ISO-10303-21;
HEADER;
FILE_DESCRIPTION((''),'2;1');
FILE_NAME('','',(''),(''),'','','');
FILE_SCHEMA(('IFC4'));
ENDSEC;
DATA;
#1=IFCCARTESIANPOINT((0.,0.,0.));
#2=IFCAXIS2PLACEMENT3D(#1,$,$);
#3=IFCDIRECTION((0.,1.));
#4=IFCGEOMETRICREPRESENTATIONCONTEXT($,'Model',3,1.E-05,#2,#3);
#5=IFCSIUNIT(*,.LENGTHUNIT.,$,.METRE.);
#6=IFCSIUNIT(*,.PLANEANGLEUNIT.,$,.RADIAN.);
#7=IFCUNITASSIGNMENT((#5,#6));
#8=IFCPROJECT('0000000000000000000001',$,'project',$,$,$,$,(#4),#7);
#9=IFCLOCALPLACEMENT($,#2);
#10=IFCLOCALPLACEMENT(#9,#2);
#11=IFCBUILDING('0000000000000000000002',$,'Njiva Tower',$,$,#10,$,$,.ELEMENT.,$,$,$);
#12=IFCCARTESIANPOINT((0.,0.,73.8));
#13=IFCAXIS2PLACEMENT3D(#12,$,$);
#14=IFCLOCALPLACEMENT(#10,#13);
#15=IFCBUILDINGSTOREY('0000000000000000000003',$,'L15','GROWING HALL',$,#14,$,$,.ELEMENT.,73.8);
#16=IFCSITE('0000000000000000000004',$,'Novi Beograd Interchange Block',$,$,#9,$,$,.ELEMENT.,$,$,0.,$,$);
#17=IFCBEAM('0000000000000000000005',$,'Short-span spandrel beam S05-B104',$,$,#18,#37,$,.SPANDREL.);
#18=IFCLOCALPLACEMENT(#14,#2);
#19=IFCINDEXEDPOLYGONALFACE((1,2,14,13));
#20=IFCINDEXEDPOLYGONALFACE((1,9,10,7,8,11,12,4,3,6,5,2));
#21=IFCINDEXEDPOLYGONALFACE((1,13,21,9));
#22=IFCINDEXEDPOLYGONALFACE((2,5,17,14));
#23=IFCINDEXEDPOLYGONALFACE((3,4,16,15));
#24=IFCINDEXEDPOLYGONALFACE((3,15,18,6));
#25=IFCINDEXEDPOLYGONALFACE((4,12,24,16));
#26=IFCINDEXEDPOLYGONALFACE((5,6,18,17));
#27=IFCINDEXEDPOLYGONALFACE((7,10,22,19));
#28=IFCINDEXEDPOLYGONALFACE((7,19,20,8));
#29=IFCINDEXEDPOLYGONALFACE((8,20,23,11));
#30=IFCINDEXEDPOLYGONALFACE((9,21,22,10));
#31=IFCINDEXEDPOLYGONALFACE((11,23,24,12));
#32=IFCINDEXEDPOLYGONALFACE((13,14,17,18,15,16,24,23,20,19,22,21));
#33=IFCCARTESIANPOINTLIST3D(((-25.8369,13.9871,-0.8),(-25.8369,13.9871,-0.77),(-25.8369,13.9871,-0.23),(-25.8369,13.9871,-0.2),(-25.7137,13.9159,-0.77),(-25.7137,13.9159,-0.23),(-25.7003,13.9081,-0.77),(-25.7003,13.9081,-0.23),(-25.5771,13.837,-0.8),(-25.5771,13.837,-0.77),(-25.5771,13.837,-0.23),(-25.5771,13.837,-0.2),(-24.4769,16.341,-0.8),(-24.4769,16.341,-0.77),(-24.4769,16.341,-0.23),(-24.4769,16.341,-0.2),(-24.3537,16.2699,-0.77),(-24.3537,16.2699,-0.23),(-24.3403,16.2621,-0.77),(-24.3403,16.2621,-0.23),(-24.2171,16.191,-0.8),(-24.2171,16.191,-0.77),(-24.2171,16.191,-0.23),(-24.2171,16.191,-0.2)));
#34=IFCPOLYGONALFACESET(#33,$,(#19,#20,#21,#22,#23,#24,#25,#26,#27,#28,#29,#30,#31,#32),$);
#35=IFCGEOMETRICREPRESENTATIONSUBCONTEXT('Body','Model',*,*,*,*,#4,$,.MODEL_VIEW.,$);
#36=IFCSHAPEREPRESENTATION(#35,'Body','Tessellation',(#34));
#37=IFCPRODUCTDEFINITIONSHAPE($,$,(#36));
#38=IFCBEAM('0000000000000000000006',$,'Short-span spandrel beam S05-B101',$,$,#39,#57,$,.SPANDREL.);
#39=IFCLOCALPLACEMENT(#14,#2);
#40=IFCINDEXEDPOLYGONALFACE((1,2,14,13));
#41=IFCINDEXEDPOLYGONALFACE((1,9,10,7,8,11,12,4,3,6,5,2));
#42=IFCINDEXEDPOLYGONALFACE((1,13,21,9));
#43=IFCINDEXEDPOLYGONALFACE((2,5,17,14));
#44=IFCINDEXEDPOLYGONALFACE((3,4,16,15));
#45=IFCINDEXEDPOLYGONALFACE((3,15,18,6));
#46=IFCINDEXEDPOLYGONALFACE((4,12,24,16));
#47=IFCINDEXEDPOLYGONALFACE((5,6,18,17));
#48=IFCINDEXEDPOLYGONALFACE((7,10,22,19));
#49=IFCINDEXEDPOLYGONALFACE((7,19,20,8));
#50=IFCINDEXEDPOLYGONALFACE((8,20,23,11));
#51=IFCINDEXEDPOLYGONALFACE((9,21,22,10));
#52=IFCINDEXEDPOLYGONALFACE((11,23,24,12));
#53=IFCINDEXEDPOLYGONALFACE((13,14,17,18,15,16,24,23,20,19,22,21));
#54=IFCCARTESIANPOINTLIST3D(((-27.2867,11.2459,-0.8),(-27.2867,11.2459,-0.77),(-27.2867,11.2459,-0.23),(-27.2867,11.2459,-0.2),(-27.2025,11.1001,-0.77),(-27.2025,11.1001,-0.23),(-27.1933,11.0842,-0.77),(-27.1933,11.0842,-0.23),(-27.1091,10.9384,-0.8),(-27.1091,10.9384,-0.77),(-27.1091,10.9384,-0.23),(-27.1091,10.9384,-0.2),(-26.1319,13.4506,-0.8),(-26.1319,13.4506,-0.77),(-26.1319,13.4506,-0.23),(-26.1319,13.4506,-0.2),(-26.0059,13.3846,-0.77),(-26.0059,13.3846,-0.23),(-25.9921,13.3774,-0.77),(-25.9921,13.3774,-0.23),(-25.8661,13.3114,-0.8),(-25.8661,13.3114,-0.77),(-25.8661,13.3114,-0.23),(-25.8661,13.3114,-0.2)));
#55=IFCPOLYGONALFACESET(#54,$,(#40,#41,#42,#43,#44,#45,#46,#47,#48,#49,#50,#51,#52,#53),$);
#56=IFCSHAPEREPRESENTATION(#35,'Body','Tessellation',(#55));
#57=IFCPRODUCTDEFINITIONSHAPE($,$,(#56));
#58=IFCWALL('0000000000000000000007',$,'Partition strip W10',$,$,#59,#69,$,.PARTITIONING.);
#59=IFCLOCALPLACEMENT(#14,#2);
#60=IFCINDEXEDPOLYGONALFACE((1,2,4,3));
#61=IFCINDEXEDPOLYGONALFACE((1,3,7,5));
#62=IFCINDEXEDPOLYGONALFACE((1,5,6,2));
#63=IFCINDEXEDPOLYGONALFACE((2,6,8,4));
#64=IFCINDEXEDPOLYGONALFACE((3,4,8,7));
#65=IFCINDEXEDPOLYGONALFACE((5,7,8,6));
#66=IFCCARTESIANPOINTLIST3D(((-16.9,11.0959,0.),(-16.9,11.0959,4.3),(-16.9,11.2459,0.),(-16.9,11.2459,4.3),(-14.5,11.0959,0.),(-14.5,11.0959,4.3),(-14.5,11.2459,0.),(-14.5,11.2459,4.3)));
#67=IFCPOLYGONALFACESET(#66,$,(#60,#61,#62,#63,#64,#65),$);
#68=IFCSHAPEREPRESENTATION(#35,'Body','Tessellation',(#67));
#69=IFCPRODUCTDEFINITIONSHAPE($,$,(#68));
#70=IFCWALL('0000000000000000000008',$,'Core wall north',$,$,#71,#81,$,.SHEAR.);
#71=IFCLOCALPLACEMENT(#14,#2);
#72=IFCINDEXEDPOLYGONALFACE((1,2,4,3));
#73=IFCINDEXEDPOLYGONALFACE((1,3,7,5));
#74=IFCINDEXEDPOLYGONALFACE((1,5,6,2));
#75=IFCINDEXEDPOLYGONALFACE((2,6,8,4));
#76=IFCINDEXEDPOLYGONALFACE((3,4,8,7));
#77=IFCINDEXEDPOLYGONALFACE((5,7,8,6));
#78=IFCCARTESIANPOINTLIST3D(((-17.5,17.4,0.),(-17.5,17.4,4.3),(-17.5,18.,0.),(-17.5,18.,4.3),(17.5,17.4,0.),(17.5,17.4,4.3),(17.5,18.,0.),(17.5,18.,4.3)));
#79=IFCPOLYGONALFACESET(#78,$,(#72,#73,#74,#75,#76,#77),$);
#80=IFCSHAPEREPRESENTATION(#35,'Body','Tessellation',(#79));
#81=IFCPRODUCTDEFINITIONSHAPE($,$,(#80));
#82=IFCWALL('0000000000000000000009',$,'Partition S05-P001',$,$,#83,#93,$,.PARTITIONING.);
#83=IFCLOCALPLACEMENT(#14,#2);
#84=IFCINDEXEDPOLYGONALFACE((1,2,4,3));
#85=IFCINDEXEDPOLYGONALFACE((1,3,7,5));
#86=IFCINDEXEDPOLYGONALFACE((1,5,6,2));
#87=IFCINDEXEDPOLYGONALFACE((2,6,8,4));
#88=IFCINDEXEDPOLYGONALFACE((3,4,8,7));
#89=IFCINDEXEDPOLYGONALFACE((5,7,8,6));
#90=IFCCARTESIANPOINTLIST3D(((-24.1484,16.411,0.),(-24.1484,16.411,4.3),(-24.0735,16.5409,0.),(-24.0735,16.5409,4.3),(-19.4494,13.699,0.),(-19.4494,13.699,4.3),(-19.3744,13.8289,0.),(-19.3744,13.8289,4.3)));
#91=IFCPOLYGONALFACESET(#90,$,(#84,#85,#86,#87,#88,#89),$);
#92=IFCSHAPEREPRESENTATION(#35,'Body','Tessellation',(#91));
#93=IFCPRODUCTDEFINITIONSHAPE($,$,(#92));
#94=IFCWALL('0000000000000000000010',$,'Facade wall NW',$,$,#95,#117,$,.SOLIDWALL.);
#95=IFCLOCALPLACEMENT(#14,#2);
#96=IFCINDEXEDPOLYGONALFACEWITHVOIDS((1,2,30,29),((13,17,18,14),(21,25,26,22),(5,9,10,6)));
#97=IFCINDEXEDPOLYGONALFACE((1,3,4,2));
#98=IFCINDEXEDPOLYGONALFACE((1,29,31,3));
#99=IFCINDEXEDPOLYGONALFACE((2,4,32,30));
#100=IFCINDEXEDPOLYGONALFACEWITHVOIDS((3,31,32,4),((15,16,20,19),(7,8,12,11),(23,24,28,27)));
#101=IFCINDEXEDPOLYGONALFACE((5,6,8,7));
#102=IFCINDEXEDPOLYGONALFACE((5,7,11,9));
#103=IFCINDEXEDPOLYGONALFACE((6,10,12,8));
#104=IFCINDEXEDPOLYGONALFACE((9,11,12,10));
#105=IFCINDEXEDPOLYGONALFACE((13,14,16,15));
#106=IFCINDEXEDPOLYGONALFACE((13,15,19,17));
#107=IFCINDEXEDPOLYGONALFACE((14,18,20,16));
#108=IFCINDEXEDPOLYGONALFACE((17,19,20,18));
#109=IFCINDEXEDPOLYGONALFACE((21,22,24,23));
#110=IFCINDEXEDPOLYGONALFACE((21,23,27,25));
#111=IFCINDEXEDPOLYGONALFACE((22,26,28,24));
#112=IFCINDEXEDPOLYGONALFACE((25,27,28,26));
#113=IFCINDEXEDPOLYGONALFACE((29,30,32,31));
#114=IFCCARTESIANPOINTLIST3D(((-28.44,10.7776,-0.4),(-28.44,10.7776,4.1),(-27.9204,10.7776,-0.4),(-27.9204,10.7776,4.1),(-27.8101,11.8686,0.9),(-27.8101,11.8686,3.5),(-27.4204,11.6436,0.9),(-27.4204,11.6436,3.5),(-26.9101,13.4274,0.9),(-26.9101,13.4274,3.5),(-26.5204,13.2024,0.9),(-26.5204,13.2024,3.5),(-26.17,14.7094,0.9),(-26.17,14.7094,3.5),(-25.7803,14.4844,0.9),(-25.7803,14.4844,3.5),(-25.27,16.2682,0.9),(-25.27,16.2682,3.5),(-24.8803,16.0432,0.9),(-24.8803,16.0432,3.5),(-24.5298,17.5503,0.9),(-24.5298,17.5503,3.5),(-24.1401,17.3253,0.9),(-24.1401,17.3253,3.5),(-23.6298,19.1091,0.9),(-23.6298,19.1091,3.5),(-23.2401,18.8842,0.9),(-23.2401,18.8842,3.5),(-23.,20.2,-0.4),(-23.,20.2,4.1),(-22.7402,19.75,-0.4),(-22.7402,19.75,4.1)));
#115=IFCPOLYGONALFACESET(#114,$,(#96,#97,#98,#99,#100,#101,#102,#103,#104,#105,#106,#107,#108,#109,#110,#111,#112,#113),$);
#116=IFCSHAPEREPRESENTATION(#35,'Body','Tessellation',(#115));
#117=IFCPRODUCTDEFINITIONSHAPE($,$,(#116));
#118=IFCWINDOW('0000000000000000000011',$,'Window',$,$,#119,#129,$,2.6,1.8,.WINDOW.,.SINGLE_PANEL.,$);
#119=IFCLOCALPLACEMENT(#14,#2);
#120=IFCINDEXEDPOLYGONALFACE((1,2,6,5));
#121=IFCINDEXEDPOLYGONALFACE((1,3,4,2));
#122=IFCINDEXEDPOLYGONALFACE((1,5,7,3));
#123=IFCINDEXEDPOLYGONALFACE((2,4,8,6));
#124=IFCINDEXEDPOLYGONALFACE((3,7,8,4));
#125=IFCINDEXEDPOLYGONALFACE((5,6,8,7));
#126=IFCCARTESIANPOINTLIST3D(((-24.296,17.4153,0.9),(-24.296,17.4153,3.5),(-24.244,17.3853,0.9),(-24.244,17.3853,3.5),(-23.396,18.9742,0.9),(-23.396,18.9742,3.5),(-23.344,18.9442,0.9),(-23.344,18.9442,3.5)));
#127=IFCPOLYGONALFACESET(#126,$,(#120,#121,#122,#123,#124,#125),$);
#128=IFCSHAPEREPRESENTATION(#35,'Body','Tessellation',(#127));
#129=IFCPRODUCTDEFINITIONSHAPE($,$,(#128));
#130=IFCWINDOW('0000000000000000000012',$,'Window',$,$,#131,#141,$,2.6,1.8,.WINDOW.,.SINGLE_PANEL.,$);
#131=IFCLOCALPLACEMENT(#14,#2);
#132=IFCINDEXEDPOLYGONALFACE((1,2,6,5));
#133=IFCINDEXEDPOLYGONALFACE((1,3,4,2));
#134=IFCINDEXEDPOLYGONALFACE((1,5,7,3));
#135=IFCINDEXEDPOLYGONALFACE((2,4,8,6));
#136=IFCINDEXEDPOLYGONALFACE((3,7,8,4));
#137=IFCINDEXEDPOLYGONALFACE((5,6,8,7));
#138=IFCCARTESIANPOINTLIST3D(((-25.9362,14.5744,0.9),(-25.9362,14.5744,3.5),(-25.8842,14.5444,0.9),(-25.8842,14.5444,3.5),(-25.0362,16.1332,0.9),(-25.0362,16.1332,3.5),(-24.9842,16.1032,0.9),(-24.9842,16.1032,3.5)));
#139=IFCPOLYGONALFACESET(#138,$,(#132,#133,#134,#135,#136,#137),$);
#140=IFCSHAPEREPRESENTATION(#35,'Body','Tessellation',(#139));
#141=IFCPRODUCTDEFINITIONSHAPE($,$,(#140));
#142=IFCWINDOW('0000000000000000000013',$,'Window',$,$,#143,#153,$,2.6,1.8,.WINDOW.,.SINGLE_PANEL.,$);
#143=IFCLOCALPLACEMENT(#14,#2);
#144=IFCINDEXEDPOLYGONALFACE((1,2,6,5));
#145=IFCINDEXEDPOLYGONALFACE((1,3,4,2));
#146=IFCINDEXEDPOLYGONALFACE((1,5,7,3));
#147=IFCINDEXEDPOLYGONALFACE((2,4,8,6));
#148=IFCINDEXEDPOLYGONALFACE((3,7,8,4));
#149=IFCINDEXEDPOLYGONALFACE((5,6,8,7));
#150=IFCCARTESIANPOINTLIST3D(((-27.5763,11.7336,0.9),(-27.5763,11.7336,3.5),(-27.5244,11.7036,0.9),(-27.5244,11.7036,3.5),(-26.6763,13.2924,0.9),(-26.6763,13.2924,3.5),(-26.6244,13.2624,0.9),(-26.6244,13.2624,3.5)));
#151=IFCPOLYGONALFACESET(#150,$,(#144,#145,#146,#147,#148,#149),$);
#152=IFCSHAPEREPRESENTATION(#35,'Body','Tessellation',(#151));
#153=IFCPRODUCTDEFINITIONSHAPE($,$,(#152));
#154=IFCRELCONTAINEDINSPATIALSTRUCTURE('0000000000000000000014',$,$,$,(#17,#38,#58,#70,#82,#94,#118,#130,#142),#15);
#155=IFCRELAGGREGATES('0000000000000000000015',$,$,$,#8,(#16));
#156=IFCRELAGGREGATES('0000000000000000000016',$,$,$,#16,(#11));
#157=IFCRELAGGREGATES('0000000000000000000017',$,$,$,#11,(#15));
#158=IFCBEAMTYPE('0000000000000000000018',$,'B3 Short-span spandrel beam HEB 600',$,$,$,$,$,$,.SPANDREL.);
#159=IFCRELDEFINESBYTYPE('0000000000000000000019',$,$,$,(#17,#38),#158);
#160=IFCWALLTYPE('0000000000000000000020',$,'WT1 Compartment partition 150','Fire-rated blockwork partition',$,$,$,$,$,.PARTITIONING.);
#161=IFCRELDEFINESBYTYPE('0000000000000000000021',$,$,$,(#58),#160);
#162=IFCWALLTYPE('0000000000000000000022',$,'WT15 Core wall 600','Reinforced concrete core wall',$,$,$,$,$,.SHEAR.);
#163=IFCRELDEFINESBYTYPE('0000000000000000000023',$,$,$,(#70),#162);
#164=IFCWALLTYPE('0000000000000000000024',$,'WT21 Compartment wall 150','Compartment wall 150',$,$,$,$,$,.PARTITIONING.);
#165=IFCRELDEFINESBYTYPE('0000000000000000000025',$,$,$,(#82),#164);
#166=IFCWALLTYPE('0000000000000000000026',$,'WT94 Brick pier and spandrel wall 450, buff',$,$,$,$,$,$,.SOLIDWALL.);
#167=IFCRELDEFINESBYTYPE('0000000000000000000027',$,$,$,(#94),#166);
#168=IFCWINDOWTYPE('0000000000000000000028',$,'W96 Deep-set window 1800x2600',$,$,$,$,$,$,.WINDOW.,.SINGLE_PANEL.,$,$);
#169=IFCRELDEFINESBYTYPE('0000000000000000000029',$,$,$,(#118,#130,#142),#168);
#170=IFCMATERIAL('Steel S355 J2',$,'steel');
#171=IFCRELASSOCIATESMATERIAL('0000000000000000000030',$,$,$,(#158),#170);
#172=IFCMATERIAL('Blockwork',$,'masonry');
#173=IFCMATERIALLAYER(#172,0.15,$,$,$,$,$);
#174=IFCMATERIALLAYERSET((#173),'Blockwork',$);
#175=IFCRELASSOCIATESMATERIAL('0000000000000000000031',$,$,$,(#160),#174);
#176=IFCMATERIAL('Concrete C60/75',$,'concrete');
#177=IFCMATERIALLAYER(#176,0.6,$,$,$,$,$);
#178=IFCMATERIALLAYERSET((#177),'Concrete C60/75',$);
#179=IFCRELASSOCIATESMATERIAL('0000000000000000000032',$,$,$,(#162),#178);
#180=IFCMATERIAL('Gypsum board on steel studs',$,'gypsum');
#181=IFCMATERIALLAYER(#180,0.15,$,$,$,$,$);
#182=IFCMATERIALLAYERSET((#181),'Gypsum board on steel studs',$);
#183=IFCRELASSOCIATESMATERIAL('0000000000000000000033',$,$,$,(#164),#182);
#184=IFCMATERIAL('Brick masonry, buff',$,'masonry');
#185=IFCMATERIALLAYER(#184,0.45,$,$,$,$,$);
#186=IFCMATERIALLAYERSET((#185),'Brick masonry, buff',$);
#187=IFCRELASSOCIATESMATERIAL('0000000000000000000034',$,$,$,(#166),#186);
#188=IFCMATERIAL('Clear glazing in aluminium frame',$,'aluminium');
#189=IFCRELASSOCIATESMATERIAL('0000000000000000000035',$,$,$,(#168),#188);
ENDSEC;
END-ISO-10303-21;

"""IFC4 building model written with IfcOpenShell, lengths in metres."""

from ifc_helpers import new_model, si_unit, direction, frame, frame_2d, origin, origin_2d, place, context, subcontext, project, spatial, polyline, rectangle, i_section, outline, extrude, clip, halfspace, material, layer, layer_set, material_profile, profile_set, type_object, element, fill, save


model = new_model("IFC4")

# Units and contexts
model_context = context("Model", 3, precision=1e-05, world=origin(), true_north=direction((0.0, 1.0)))
body_context = subcontext(model_context, "Body", "Model", "MODEL_VIEW")
ifc_project = project(units=[si_unit("LENGTHUNIT", "METRE"), si_unit("PLANEANGLEUNIT", "RADIAN")], contexts=[model_context])

# Site, building, storey
site_placement = place(None, origin())
site = spatial("IfcSite", under=ifc_project, at=site_placement, Name="Novi Beograd Interchange Block", CompositionType="ELEMENT", RefElevation=0.0)
building_placement = place(site_placement, origin())
building = spatial("IfcBuilding", under=site, at=building_placement, Name="Njiva Tower", CompositionType="ELEMENT")
storey_placement = place(building_placement, frame((0.0, 0.0, 73.8)))
storey = spatial("IfcBuildingStorey", under=building, at=storey_placement, Name="L15", Description="GROWING HALL", CompositionType="ELEMENT", Elevation=73.8)

# Shared definitions
ifc_material_1 = material(Name="Steel S355 J2", Category="steel")

# Beams
ifc_material_profile_1 = material_profile(ifc_material_1, i_section(OverallWidth=0.3, OverallDepth=0.6, WebThickness=0.0155, FlangeThickness=0.03, at=origin_2d()), Name="HEB 600")
ifc_profile_set_1 = profile_set([ifc_material_profile_1], Name="Steel S355 J2")
beam_type_1 = type_object("IfcBeamType", Name="B3 Short-span spandrel beam HEB 600", PredefinedType="SPANDREL", material=ifc_profile_set_1)
beam_1_placement = place(storey_placement, frame((-24.347, 16.266, -0.5), z_axis=(-0.500253, -0.865879, 0.0), x_axis=(0.865879, -0.500253, 0.0)))
element("IfcBeam", 1, at=beam_1_placement, inside=storey, type_object=beam_type_1, Name="Short-span spandrel beam S05-B104", PredefinedType="SPANDREL", context=body_context, shape_type="SweptSolid", body=[
    extrude(i_section(OverallWidth=0.3, OverallDepth=0.6, WebThickness=0.0155, FlangeThickness=0.03, at=origin_2d()), origin(), (0.0, 0.0, 1.0), 2.7186),
])
beam_2_placement = place(storey_placement, frame((-25.999, 13.381, -0.5), z_axis=(-0.464007, -0.885832, 0.0), x_axis=(0.885832, -0.464007, 0.0)))
element("IfcBeam", 2, at=beam_2_placement, inside=storey, type_object=beam_type_1, Name="Short-span spandrel beam S05-B101", PredefinedType="SPANDREL", context=body_context, shape_type="Clipping", body=[
    clip(extrude(i_section(OverallWidth=0.3, OverallDepth=0.6, WebThickness=0.0155, FlangeThickness=0.03, at=origin_2d()), origin(), (0.0, 0.0, 1.0), 2.699), halfspace(frame((-0.0266, 0.0, 2.567), z_axis=(-0.535151, 0.0, 0.844756), x_axis=(0.0, 1.0, 0.0)), False)),
])

# Walls
ifc_material_2 = material(Name="Blockwork", Category="masonry")
ifc_layer_1 = layer(ifc_material_2, 0.15)
ifc_layer_set_1 = layer_set([ifc_layer_1], Name="Blockwork")
wall_type_1 = type_object("IfcWallType", Name="WT1 Compartment partition 150", Description="Fire-rated blockwork partition", PredefinedType="PARTITIONING", material=ifc_layer_set_1)
wall_1_placement = place(storey_placement, frame((-16.9, 11.1709, 0.0), z_axis=(0.0, 0.0, 1.0), x_axis=(1.0, 0.0, 0.0)))
element("IfcWall", 3, at=wall_1_placement, inside=storey, type_object=wall_type_1, Name="Partition strip W10", PredefinedType="PARTITIONING", context=body_context, shape_type="SweptSolid", body=[
    extrude(rectangle(XDim=2.4, YDim=0.15, at=frame_2d((1.2, 0.0))), origin(), (0.0, 0.0, 1.0), 4.3),
])
ifc_material_3 = material(Name="Concrete C60/75", Category="concrete")
ifc_layer_2 = layer(ifc_material_3, 0.6)
ifc_layer_set_2 = layer_set([ifc_layer_2], Name="Concrete C60/75")
wall_type_2 = type_object("IfcWallType", Name="WT15 Core wall 600", Description="Reinforced concrete core wall", PredefinedType="SHEAR", material=ifc_layer_set_2)
wall_2_placement = place(storey_placement, frame((-17.5, 17.7, 0.0), z_axis=(0.0, 0.0, 1.0), x_axis=(1.0, 0.0, 0.0)))
element("IfcWall", 4, at=wall_2_placement, inside=storey, type_object=wall_type_2, Name="Core wall north", PredefinedType="SHEAR", context=body_context, shape_type="SweptSolid", body=[
    extrude(rectangle(XDim=35.0, YDim=0.6, at=frame_2d((17.5, 0.0))), origin(), (0.0, 0.0, 1.0), 4.3),
])
ifc_material_4 = material(Name="Gypsum board on steel studs", Category="gypsum")
ifc_layer_3 = layer(ifc_material_4, 0.15)
ifc_layer_set_3 = layer_set([ifc_layer_3], Name="Gypsum board on steel studs")
wall_type_3 = type_object("IfcWallType", Name="WT21 Compartment wall 150", Description="Compartment wall 150", PredefinedType="PARTITIONING", material=ifc_layer_set_3)
wall_3_placement = place(storey_placement, frame((-24.111, 16.476, 0.0), z_axis=(0.0, 0.0, 1.0), x_axis=(0.866103, -0.499866, 0.0)))
element("IfcWall", 5, at=wall_3_placement, inside=storey, type_object=wall_type_3, Name="Partition S05-P001", PredefinedType="PARTITIONING", context=body_context, shape_type="SweptSolid", body=[
    extrude(rectangle(XDim=5.4255, YDim=0.15, at=frame_2d((2.7128, 0.0))), origin(), (0.0, 0.0, 1.0), 4.3),
])

# Wall, openings, windows
ifc_material_5 = material(Name="Brick masonry, buff", Category="masonry")
ifc_layer_4 = layer(ifc_material_5, 0.45)
ifc_layer_set_4 = layer_set([ifc_layer_4], Name="Brick masonry, buff")
wall_type_4 = type_object("IfcWallType", Name="WT94 Brick pier and spandrel wall 450, buff", PredefinedType="SOLIDWALL", material=ifc_layer_set_4)
wall_4_placement = place(storey_placement, frame((-22.8701, 19.975, -0.4), z_axis=(0.0, 0.0, 1.0), x_axis=(-0.499998, -0.866026, 0.0)))
wall_4 = element("IfcWall", 6, at=wall_4_placement, inside=storey, type_object=wall_type_4, Name="Facade wall NW", PredefinedType="SOLIDWALL", context=body_context, shape_type="SweptSolid", body=[
    extrude(outline(polyline([(-0.1299, -0.225), (10.7501, -0.225), (10.4903, 0.225), (0.1299, 0.225), (-0.1299, -0.225)])), origin(), (0.0, 0.0, 1.0), 4.5),
])
opening_1_placement = place(wall_4_placement, frame((1.1297, 0.0, 1.3)))
opening_1 = element("IfcOpeningElement", 7, at=opening_1_placement, cuts=wall_4, PredefinedType="OPENING", context=body_context, shape_type="SweptSolid", body=[
    extrude(rectangle(XDim=1.8, YDim=2.6, at=frame_2d((0.9, 1.3))), frame((0.0, 0.235, 0.0), z_axis=(0.0, -1.0, 0.0), x_axis=(1.0, 0.0, 0.0)), (0.0, 0.0, 1.0), 0.47),
])
opening_2_placement = place(wall_4_placement, frame((4.4101, 0.0, 1.3)))
opening_2 = element("IfcOpeningElement", 8, at=opening_2_placement, cuts=wall_4, PredefinedType="OPENING", context=body_context, shape_type="SweptSolid", body=[
    extrude(rectangle(XDim=1.8, YDim=2.6, at=frame_2d((0.9, 1.3))), frame((0.0, 0.235, 0.0), z_axis=(0.0, -1.0, 0.0), x_axis=(1.0, 0.0, 0.0)), (0.0, 0.0, 1.0), 0.47),
])
opening_3_placement = place(wall_4_placement, frame((7.6904, 0.0, 1.3)))
opening_3 = element("IfcOpeningElement", 9, at=opening_3_placement, cuts=wall_4, PredefinedType="OPENING", context=body_context, shape_type="SweptSolid", body=[
    extrude(rectangle(XDim=1.8, YDim=2.6, at=frame_2d((0.9, 1.3))), frame((0.0, 0.235, 0.0), z_axis=(0.0, -1.0, 0.0), x_axis=(1.0, 0.0, 0.0)), (0.0, 0.0, 1.0), 0.47),
])
ifc_material_6 = material(Name="Clear glazing in aluminium frame", Category="aluminium")
window_type = type_object("IfcWindowType", Name="W96 Deep-set window 1800x2600", PartitioningType="SINGLE_PANEL", PredefinedType="WINDOW", material=ifc_material_6)
window_1_placement = place(opening_1_placement, origin())
window_1 = element("IfcWindow", 10, at=window_1_placement, inside=storey, type_object=window_type, Name="Window", OverallHeight=2.6, OverallWidth=1.8, PartitioningType="SINGLE_PANEL", PredefinedType="WINDOW", context=body_context, shape_type="SweptSolid", body=[
    extrude(rectangle(XDim=1.8, YDim=2.6, at=frame_2d((0.9, 1.3))), frame((0.0, 0.105, 0.0), z_axis=(0.0, -1.0, 0.0), x_axis=(1.0, 0.0, 0.0)), (0.0, 0.0, 1.0), 0.06),
])
fill(opening_1, window_1)
window_2_placement = place(opening_2_placement, origin())
window_2 = element("IfcWindow", 11, at=window_2_placement, inside=storey, type_object=window_type, Name="Window", OverallHeight=2.6, OverallWidth=1.8, PartitioningType="SINGLE_PANEL", PredefinedType="WINDOW", context=body_context, shape_type="SweptSolid", body=[
    extrude(rectangle(XDim=1.8, YDim=2.6, at=frame_2d((0.9, 1.3))), frame((0.0, 0.105, 0.0), z_axis=(0.0, -1.0, 0.0), x_axis=(1.0, 0.0, 0.0)), (0.0, 0.0, 1.0), 0.06),
])
fill(opening_2, window_2)
window_3_placement = place(opening_3_placement, origin())
window_3 = element("IfcWindow", 12, at=window_3_placement, inside=storey, type_object=window_type, Name="Window", OverallHeight=2.6, OverallWidth=1.8, PartitioningType="SINGLE_PANEL", PredefinedType="WINDOW", context=body_context, shape_type="SweptSolid", body=[
    extrude(rectangle(XDim=1.8, YDim=2.6, at=frame_2d((0.9, 1.3))), frame((0.0, 0.105, 0.0), z_axis=(0.0, -1.0, 0.0), x_axis=(1.0, 0.0, 0.0)), (0.0, 0.0, 1.0), 0.06),
])
fill(opening_3, window_3)

save(model, "model.ifc")
